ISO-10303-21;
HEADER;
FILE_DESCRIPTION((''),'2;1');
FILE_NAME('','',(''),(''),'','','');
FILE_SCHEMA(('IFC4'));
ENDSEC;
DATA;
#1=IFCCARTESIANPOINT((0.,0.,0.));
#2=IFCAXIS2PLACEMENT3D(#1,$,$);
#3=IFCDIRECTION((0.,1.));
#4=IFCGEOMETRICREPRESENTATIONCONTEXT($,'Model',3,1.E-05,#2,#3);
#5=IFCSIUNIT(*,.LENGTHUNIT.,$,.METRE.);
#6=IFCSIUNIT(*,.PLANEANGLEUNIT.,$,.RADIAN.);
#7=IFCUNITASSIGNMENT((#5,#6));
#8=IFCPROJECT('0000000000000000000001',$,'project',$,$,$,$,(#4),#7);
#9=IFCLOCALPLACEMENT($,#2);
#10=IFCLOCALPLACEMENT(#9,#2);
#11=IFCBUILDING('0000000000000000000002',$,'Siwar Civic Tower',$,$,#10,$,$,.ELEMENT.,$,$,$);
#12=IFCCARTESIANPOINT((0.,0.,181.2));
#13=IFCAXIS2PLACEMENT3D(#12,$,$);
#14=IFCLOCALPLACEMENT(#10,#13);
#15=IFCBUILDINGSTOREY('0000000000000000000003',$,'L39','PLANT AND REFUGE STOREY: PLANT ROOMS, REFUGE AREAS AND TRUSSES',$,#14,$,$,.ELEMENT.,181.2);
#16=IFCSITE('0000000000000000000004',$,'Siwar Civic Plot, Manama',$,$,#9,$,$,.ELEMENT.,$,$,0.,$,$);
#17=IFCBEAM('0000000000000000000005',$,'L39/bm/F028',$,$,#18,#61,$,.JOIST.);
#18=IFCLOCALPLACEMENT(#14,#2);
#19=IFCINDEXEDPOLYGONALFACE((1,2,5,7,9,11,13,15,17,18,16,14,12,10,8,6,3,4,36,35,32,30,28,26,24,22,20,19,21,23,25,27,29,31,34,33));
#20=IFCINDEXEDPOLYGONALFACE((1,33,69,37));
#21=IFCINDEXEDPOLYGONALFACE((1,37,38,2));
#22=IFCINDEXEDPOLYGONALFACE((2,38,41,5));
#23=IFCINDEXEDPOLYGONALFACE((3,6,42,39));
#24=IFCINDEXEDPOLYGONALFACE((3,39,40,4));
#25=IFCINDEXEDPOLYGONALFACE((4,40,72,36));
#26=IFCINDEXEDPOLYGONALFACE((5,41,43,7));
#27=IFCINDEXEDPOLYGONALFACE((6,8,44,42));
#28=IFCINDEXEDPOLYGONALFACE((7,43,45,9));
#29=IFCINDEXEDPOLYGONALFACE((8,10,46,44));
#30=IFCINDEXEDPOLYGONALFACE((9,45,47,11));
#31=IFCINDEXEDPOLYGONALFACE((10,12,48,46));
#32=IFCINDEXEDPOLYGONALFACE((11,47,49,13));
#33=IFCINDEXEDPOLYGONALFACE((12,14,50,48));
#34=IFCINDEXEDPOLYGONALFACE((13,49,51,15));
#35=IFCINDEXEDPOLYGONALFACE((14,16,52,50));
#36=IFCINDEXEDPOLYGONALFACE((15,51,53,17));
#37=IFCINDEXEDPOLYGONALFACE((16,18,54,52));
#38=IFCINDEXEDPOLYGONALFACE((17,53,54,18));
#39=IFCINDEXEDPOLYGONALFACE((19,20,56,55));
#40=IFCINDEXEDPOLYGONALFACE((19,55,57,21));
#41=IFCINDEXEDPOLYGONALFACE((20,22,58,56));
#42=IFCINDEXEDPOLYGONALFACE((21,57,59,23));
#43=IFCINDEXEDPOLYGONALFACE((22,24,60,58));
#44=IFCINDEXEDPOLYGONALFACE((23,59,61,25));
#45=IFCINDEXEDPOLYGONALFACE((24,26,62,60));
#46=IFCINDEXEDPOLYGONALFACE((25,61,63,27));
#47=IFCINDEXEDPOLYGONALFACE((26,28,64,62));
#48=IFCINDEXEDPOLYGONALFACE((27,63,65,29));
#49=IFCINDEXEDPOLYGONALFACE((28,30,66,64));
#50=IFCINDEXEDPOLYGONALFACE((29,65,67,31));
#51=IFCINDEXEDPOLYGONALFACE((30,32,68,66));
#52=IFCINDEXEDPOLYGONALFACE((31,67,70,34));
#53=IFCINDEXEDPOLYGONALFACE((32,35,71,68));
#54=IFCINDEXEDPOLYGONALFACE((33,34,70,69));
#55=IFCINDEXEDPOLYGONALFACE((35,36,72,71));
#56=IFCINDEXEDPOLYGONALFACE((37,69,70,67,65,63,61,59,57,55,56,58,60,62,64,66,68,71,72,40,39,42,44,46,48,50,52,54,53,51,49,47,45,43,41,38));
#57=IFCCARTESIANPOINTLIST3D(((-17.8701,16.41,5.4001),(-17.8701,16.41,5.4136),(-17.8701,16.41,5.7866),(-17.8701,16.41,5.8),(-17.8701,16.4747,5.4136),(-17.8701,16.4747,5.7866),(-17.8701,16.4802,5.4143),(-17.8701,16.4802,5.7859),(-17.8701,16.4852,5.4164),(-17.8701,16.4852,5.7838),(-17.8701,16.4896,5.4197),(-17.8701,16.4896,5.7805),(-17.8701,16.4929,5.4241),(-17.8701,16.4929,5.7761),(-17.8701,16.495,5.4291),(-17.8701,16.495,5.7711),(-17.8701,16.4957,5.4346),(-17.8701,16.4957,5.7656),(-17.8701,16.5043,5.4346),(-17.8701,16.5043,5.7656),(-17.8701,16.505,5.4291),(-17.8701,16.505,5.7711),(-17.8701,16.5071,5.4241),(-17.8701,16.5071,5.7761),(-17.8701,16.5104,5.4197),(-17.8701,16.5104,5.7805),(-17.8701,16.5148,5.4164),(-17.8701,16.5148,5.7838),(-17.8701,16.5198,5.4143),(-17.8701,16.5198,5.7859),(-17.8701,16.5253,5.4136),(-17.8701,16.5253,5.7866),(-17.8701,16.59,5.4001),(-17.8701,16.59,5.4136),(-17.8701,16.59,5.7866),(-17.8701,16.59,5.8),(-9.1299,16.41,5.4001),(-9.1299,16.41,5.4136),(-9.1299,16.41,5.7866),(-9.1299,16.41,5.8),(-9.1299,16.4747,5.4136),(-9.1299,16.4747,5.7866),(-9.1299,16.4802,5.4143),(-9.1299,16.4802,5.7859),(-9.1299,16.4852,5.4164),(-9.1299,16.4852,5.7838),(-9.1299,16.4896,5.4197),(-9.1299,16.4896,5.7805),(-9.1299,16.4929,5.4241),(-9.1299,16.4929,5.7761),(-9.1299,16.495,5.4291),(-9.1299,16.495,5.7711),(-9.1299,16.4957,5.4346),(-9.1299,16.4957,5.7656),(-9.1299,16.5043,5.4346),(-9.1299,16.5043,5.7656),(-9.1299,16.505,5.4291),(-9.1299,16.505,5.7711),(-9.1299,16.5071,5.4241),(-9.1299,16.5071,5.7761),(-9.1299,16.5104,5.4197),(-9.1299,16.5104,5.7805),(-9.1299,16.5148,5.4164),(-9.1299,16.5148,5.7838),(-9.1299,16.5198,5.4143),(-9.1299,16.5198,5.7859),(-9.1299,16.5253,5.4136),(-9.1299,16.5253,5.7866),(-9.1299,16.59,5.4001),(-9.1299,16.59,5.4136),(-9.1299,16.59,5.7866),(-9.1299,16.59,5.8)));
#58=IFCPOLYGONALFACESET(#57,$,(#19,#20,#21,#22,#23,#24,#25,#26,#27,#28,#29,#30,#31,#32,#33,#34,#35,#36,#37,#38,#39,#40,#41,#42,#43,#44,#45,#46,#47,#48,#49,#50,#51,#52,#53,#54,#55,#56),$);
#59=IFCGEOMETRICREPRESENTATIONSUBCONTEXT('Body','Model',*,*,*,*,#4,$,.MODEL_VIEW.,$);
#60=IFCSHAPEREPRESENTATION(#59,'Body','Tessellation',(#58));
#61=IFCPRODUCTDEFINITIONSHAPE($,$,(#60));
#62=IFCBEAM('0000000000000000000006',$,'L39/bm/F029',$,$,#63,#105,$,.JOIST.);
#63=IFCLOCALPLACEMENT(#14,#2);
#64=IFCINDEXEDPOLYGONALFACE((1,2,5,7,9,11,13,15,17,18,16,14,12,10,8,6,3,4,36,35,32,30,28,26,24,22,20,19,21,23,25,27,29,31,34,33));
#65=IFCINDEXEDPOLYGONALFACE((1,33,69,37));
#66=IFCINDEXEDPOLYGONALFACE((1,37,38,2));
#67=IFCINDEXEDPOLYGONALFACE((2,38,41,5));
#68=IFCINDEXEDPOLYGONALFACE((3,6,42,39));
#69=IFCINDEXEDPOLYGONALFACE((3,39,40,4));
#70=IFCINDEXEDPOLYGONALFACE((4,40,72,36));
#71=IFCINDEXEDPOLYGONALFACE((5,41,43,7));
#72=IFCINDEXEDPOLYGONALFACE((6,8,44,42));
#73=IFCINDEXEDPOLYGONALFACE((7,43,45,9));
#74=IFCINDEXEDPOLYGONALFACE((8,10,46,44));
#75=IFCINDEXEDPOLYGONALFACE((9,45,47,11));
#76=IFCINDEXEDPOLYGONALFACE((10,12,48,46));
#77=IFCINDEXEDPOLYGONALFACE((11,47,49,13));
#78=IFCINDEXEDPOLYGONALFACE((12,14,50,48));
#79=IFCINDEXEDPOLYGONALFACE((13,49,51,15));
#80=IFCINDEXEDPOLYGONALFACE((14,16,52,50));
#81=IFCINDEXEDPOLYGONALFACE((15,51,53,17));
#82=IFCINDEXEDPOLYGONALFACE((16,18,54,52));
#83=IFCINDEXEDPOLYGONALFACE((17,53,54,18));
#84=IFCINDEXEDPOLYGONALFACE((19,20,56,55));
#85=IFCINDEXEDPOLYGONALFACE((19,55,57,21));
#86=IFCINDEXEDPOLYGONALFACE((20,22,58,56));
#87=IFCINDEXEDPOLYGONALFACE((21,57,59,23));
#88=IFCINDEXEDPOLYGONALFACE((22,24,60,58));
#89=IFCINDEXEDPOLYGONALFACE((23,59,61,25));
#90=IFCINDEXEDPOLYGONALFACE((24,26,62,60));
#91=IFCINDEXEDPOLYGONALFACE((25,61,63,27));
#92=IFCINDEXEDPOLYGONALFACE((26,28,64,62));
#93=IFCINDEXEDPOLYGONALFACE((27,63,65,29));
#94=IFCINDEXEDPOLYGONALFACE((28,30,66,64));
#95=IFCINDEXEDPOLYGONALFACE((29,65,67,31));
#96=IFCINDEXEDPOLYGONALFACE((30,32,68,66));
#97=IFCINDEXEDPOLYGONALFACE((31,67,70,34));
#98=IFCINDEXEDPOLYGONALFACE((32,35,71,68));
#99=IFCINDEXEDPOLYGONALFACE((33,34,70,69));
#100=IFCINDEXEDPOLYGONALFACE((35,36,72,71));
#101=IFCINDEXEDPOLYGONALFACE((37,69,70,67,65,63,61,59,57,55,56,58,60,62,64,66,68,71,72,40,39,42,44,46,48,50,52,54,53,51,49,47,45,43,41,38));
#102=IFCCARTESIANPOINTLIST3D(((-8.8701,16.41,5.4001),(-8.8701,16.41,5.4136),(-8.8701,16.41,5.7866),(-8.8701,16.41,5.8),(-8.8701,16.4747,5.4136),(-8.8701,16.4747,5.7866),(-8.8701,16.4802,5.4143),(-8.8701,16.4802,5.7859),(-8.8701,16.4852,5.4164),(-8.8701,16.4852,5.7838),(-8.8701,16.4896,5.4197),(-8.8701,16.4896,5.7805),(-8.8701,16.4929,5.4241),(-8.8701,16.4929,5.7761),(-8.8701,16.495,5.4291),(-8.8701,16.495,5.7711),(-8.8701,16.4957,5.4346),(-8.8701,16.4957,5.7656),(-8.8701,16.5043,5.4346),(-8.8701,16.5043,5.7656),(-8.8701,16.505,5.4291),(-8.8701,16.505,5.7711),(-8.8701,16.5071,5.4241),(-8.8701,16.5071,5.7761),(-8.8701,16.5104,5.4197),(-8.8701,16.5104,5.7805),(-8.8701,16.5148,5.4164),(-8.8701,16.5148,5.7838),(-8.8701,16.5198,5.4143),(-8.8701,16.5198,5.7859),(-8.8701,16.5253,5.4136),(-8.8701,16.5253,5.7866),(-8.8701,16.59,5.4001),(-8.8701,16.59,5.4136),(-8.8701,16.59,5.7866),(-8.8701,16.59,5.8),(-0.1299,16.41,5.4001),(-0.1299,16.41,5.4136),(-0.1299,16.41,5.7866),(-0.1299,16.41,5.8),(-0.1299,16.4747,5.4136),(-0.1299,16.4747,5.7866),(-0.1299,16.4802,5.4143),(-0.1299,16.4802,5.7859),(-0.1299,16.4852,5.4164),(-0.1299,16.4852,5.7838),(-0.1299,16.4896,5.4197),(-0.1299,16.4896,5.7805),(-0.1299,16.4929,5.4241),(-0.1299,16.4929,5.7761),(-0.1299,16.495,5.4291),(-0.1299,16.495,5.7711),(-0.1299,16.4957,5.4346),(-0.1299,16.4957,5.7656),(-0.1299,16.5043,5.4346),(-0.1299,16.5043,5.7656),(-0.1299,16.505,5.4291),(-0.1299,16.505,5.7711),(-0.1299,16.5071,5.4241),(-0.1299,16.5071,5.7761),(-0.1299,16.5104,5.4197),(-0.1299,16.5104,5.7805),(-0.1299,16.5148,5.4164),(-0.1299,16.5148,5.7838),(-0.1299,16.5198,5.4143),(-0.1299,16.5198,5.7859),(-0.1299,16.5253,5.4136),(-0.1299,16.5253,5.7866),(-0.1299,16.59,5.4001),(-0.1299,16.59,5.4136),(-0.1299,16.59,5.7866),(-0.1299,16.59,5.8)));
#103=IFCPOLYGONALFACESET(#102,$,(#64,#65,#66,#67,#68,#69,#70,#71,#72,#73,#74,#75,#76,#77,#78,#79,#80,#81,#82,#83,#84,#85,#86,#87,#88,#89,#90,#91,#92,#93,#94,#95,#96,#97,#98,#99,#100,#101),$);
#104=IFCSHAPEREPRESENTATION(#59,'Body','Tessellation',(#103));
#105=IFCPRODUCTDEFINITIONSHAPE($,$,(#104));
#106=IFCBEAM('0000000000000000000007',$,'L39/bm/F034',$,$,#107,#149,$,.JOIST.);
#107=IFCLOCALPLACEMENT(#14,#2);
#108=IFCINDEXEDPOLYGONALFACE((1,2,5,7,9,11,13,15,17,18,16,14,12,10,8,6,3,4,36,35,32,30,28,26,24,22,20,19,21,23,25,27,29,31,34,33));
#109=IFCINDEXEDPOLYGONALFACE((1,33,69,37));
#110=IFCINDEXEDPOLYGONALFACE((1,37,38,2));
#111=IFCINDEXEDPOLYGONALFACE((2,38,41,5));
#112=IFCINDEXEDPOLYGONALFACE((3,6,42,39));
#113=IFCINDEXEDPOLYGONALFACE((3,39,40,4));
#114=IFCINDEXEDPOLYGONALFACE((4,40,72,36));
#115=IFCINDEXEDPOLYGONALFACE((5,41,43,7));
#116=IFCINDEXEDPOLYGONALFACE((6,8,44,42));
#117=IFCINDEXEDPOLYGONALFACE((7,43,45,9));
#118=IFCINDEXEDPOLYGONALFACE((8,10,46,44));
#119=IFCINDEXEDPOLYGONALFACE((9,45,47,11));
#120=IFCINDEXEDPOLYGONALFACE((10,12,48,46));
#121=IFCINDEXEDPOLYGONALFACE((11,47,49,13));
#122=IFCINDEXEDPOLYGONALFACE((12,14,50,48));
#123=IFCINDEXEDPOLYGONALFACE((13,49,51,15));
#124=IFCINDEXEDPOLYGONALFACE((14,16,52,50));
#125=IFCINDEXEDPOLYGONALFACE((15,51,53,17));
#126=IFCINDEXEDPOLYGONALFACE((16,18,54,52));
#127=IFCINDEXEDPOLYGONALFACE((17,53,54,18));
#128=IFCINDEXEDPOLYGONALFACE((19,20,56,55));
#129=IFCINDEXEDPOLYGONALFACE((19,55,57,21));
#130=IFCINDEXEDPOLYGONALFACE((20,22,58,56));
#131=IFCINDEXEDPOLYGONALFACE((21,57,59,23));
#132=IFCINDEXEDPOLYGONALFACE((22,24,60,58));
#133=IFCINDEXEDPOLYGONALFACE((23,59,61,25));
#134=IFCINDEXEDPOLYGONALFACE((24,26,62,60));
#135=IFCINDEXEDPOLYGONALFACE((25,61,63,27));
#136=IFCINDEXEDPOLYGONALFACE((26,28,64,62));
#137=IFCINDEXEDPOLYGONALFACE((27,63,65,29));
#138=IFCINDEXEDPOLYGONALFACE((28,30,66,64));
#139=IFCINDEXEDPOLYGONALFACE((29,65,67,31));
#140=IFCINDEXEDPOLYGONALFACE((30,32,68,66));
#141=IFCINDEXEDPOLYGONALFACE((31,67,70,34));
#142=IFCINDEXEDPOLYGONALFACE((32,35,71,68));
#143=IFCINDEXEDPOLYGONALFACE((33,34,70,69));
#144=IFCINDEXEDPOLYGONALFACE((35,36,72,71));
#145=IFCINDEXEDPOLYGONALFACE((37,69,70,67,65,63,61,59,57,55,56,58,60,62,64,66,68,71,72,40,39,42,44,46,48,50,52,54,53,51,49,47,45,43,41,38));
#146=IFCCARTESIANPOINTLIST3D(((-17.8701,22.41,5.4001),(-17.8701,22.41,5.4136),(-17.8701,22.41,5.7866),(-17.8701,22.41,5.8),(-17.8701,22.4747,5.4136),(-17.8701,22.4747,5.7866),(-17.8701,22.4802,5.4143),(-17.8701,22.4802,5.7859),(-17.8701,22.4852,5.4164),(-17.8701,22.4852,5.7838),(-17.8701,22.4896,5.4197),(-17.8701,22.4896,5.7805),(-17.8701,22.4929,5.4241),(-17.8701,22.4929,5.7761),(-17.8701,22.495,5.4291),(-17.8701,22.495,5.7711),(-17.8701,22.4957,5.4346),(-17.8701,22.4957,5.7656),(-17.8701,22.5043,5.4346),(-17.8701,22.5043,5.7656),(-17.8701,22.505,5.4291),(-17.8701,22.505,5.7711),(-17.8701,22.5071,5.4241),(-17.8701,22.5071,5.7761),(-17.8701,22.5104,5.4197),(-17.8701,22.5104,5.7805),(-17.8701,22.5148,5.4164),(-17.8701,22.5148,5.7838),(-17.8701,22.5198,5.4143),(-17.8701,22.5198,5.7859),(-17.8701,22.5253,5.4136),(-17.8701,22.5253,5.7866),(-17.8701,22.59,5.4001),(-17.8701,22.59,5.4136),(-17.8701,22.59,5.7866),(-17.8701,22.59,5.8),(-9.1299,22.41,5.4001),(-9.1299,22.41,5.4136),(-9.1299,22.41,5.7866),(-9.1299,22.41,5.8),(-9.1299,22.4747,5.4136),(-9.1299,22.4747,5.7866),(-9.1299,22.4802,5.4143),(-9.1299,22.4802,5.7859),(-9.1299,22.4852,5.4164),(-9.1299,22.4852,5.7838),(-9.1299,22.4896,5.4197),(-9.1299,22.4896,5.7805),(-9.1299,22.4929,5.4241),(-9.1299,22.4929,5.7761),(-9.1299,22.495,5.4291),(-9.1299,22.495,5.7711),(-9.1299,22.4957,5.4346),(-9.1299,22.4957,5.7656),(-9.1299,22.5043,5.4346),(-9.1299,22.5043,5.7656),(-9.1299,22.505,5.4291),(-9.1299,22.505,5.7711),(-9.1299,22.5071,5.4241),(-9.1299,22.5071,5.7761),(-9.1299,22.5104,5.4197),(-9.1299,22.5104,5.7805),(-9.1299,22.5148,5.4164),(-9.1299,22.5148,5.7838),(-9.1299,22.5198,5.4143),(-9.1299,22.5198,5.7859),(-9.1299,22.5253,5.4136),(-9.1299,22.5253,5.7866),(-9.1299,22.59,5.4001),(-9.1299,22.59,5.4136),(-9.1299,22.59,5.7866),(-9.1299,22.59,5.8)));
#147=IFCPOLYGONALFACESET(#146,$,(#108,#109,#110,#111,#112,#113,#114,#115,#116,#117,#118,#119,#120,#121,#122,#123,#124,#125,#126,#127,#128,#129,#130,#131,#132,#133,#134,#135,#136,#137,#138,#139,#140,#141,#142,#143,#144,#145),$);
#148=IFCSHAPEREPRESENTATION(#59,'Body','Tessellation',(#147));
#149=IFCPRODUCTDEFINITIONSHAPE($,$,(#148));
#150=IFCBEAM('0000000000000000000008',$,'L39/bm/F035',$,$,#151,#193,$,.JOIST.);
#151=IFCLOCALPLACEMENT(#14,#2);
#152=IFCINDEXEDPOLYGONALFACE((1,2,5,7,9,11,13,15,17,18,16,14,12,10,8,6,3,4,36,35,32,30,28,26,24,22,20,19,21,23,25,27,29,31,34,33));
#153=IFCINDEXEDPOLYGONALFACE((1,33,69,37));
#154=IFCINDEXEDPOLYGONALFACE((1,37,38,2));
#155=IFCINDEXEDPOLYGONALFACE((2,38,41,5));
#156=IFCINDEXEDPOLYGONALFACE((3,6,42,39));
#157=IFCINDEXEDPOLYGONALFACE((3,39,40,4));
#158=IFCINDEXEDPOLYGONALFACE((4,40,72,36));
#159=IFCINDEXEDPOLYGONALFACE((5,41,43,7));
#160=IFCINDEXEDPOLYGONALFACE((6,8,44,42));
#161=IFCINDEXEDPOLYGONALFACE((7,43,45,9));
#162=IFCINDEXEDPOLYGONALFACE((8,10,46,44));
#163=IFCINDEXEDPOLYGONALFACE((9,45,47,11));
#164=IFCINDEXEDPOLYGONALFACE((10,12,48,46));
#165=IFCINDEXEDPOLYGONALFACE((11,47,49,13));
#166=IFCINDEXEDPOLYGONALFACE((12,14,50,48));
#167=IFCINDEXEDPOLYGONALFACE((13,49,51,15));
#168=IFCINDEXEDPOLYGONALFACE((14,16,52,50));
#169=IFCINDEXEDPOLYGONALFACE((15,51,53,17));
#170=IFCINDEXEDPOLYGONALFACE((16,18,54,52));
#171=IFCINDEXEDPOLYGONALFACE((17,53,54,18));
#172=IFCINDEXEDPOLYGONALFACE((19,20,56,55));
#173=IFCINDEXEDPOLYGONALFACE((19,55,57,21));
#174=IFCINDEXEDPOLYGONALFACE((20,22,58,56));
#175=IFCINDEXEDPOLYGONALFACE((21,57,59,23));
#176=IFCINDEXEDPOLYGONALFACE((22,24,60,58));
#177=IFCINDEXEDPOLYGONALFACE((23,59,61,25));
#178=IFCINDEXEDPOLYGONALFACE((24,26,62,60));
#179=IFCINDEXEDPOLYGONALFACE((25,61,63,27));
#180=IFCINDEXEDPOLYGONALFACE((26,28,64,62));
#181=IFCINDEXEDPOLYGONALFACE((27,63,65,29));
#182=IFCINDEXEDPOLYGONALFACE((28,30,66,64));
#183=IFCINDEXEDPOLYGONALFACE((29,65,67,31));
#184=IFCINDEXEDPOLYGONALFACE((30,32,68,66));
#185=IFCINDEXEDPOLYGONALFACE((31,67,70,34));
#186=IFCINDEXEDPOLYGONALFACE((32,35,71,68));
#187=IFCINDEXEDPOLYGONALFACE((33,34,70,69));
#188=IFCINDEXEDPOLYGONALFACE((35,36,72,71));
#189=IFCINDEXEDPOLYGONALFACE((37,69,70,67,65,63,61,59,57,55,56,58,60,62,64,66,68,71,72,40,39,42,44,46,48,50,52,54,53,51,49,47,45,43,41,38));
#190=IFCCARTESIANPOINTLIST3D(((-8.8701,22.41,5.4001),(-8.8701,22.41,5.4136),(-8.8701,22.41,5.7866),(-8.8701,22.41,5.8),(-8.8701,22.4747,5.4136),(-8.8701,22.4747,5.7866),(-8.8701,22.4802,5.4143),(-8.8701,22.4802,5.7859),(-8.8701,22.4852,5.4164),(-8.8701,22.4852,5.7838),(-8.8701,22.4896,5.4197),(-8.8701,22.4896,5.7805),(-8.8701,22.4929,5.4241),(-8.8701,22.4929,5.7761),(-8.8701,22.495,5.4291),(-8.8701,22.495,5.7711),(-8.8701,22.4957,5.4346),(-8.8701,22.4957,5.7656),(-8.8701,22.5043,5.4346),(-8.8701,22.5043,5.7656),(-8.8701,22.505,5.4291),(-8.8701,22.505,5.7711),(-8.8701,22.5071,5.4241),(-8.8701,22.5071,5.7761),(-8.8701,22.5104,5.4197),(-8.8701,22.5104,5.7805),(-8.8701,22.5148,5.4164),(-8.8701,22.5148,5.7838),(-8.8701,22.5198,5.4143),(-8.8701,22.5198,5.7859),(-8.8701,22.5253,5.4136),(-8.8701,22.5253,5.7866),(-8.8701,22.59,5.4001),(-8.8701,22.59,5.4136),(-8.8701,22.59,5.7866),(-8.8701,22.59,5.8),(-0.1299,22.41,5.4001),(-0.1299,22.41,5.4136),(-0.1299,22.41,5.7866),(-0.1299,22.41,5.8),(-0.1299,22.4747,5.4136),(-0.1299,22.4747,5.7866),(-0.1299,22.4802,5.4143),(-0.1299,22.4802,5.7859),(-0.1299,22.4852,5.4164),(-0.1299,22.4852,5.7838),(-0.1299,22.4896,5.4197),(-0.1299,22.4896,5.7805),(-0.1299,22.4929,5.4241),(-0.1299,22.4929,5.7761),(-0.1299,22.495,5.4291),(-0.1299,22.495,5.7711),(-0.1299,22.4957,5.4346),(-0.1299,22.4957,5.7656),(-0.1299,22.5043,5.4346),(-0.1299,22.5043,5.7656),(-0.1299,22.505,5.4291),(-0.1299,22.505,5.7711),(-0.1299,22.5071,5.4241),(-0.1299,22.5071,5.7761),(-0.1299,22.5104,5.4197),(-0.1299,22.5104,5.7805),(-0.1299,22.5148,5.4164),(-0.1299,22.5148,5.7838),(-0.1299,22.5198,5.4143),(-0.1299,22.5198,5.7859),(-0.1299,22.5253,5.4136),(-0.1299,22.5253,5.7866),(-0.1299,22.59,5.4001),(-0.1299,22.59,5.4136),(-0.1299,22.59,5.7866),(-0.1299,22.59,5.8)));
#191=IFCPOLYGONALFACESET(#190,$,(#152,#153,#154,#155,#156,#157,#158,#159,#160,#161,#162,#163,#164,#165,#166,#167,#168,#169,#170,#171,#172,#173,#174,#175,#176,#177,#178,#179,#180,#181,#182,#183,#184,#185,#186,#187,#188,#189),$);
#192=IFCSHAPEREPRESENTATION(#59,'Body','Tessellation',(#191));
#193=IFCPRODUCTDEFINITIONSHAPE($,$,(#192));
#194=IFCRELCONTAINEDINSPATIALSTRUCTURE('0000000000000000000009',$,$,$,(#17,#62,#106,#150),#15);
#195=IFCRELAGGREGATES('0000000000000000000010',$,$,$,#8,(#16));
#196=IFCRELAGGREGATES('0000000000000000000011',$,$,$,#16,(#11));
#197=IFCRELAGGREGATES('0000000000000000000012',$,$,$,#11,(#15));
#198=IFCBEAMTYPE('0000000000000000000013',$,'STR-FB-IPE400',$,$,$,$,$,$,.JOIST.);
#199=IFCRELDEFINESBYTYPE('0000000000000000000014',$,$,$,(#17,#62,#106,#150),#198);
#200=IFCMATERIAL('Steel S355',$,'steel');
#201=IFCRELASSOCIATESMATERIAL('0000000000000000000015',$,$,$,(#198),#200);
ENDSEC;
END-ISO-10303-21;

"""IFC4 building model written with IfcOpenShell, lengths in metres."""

from ifc_helpers import new_model, si_unit, direction, frame, origin, origin_2d, place, context, subcontext, project, spatial, i_section, extrude, material, material_profile, profile_set, type_object, element, save


model = new_model("IFC4")

# Units and contexts
model_context = context("Model", 3, precision=1e-05, world=origin(), true_north=direction((0.0, 1.0)))
body_context = subcontext(model_context, "Body", "Model", "MODEL_VIEW")
ifc_project = project(units=[si_unit("LENGTHUNIT", "METRE"), si_unit("PLANEANGLEUNIT", "RADIAN")], contexts=[model_context])

# Site, building, storey
site_placement = place(None, origin())
site = spatial("IfcSite", under=ifc_project, at=site_placement, Name="Siwar Civic Plot, Manama", CompositionType="ELEMENT", RefElevation=0.0)
building_placement = place(site_placement, origin())
building = spatial("IfcBuilding", under=site, at=building_placement, Name="Siwar Civic Tower", CompositionType="ELEMENT")
storey_placement = place(building_placement, frame((0.0, 0.0, 181.2)))
storey = spatial("IfcBuildingStorey", under=building, at=storey_placement, Name="L39", Description="PLANT AND REFUGE STOREY: PLANT ROOMS, REFUGE AREAS AND TRUSSES", CompositionType="ELEMENT", Elevation=181.2)

# Beams
ifc_material_1 = material(Name="Steel S355", Category="steel")
ifc_material_profile_1 = material_profile(ifc_material_1, i_section(OverallWidth=0.1799, OverallDepth=0.3999, WebThickness=0.0085, FlangeThickness=0.0134, FilletRadius=0.021, at=origin_2d()), Name="IPE400")
ifc_profile_set_1 = profile_set([ifc_material_profile_1], Name="Steel S355")
beam_type_1 = type_object("IfcBeamType", Name="STR-FB-IPE400", PredefinedType="JOIST", material=ifc_profile_set_1)
for number, where, z_axis, x_axis, name in (
    (1, (-17.8701, 16.5, 5.6001), (1.0, 0.0, 0.0), (0.0, 1.0, 0.0), "L39/bm/F028"),
    (2, (-8.8701, 16.5, 5.6001), (1.0, 0.0, 0.0), (0.0, 1.0, 0.0), "L39/bm/F029"),
    (3, (-17.8701, 22.5, 5.6001), (1.0, 0.0, 0.0), (0.0, 1.0, 0.0), "L39/bm/F034"),
    (4, (-8.8701, 22.5, 5.6001), (1.0, 0.0, 0.0), (0.0, 1.0, 0.0), "L39/bm/F035"),
):
    element("IfcBeam", number, at=place(storey_placement, frame(where, z_axis=z_axis, x_axis=x_axis)), inside=storey, type_object=beam_type_1, Name=name, PredefinedType="JOIST", context=body_context, shape_type="SweptSolid", body=[
        extrude(i_section(OverallWidth=0.1799, OverallDepth=0.3999, WebThickness=0.0085, FlangeThickness=0.0134, FilletRadius=0.021, at=origin_2d()), origin(), (0.0, 0.0, 1.0), 8.7402),
    ])

save(model, "model.ifc")
